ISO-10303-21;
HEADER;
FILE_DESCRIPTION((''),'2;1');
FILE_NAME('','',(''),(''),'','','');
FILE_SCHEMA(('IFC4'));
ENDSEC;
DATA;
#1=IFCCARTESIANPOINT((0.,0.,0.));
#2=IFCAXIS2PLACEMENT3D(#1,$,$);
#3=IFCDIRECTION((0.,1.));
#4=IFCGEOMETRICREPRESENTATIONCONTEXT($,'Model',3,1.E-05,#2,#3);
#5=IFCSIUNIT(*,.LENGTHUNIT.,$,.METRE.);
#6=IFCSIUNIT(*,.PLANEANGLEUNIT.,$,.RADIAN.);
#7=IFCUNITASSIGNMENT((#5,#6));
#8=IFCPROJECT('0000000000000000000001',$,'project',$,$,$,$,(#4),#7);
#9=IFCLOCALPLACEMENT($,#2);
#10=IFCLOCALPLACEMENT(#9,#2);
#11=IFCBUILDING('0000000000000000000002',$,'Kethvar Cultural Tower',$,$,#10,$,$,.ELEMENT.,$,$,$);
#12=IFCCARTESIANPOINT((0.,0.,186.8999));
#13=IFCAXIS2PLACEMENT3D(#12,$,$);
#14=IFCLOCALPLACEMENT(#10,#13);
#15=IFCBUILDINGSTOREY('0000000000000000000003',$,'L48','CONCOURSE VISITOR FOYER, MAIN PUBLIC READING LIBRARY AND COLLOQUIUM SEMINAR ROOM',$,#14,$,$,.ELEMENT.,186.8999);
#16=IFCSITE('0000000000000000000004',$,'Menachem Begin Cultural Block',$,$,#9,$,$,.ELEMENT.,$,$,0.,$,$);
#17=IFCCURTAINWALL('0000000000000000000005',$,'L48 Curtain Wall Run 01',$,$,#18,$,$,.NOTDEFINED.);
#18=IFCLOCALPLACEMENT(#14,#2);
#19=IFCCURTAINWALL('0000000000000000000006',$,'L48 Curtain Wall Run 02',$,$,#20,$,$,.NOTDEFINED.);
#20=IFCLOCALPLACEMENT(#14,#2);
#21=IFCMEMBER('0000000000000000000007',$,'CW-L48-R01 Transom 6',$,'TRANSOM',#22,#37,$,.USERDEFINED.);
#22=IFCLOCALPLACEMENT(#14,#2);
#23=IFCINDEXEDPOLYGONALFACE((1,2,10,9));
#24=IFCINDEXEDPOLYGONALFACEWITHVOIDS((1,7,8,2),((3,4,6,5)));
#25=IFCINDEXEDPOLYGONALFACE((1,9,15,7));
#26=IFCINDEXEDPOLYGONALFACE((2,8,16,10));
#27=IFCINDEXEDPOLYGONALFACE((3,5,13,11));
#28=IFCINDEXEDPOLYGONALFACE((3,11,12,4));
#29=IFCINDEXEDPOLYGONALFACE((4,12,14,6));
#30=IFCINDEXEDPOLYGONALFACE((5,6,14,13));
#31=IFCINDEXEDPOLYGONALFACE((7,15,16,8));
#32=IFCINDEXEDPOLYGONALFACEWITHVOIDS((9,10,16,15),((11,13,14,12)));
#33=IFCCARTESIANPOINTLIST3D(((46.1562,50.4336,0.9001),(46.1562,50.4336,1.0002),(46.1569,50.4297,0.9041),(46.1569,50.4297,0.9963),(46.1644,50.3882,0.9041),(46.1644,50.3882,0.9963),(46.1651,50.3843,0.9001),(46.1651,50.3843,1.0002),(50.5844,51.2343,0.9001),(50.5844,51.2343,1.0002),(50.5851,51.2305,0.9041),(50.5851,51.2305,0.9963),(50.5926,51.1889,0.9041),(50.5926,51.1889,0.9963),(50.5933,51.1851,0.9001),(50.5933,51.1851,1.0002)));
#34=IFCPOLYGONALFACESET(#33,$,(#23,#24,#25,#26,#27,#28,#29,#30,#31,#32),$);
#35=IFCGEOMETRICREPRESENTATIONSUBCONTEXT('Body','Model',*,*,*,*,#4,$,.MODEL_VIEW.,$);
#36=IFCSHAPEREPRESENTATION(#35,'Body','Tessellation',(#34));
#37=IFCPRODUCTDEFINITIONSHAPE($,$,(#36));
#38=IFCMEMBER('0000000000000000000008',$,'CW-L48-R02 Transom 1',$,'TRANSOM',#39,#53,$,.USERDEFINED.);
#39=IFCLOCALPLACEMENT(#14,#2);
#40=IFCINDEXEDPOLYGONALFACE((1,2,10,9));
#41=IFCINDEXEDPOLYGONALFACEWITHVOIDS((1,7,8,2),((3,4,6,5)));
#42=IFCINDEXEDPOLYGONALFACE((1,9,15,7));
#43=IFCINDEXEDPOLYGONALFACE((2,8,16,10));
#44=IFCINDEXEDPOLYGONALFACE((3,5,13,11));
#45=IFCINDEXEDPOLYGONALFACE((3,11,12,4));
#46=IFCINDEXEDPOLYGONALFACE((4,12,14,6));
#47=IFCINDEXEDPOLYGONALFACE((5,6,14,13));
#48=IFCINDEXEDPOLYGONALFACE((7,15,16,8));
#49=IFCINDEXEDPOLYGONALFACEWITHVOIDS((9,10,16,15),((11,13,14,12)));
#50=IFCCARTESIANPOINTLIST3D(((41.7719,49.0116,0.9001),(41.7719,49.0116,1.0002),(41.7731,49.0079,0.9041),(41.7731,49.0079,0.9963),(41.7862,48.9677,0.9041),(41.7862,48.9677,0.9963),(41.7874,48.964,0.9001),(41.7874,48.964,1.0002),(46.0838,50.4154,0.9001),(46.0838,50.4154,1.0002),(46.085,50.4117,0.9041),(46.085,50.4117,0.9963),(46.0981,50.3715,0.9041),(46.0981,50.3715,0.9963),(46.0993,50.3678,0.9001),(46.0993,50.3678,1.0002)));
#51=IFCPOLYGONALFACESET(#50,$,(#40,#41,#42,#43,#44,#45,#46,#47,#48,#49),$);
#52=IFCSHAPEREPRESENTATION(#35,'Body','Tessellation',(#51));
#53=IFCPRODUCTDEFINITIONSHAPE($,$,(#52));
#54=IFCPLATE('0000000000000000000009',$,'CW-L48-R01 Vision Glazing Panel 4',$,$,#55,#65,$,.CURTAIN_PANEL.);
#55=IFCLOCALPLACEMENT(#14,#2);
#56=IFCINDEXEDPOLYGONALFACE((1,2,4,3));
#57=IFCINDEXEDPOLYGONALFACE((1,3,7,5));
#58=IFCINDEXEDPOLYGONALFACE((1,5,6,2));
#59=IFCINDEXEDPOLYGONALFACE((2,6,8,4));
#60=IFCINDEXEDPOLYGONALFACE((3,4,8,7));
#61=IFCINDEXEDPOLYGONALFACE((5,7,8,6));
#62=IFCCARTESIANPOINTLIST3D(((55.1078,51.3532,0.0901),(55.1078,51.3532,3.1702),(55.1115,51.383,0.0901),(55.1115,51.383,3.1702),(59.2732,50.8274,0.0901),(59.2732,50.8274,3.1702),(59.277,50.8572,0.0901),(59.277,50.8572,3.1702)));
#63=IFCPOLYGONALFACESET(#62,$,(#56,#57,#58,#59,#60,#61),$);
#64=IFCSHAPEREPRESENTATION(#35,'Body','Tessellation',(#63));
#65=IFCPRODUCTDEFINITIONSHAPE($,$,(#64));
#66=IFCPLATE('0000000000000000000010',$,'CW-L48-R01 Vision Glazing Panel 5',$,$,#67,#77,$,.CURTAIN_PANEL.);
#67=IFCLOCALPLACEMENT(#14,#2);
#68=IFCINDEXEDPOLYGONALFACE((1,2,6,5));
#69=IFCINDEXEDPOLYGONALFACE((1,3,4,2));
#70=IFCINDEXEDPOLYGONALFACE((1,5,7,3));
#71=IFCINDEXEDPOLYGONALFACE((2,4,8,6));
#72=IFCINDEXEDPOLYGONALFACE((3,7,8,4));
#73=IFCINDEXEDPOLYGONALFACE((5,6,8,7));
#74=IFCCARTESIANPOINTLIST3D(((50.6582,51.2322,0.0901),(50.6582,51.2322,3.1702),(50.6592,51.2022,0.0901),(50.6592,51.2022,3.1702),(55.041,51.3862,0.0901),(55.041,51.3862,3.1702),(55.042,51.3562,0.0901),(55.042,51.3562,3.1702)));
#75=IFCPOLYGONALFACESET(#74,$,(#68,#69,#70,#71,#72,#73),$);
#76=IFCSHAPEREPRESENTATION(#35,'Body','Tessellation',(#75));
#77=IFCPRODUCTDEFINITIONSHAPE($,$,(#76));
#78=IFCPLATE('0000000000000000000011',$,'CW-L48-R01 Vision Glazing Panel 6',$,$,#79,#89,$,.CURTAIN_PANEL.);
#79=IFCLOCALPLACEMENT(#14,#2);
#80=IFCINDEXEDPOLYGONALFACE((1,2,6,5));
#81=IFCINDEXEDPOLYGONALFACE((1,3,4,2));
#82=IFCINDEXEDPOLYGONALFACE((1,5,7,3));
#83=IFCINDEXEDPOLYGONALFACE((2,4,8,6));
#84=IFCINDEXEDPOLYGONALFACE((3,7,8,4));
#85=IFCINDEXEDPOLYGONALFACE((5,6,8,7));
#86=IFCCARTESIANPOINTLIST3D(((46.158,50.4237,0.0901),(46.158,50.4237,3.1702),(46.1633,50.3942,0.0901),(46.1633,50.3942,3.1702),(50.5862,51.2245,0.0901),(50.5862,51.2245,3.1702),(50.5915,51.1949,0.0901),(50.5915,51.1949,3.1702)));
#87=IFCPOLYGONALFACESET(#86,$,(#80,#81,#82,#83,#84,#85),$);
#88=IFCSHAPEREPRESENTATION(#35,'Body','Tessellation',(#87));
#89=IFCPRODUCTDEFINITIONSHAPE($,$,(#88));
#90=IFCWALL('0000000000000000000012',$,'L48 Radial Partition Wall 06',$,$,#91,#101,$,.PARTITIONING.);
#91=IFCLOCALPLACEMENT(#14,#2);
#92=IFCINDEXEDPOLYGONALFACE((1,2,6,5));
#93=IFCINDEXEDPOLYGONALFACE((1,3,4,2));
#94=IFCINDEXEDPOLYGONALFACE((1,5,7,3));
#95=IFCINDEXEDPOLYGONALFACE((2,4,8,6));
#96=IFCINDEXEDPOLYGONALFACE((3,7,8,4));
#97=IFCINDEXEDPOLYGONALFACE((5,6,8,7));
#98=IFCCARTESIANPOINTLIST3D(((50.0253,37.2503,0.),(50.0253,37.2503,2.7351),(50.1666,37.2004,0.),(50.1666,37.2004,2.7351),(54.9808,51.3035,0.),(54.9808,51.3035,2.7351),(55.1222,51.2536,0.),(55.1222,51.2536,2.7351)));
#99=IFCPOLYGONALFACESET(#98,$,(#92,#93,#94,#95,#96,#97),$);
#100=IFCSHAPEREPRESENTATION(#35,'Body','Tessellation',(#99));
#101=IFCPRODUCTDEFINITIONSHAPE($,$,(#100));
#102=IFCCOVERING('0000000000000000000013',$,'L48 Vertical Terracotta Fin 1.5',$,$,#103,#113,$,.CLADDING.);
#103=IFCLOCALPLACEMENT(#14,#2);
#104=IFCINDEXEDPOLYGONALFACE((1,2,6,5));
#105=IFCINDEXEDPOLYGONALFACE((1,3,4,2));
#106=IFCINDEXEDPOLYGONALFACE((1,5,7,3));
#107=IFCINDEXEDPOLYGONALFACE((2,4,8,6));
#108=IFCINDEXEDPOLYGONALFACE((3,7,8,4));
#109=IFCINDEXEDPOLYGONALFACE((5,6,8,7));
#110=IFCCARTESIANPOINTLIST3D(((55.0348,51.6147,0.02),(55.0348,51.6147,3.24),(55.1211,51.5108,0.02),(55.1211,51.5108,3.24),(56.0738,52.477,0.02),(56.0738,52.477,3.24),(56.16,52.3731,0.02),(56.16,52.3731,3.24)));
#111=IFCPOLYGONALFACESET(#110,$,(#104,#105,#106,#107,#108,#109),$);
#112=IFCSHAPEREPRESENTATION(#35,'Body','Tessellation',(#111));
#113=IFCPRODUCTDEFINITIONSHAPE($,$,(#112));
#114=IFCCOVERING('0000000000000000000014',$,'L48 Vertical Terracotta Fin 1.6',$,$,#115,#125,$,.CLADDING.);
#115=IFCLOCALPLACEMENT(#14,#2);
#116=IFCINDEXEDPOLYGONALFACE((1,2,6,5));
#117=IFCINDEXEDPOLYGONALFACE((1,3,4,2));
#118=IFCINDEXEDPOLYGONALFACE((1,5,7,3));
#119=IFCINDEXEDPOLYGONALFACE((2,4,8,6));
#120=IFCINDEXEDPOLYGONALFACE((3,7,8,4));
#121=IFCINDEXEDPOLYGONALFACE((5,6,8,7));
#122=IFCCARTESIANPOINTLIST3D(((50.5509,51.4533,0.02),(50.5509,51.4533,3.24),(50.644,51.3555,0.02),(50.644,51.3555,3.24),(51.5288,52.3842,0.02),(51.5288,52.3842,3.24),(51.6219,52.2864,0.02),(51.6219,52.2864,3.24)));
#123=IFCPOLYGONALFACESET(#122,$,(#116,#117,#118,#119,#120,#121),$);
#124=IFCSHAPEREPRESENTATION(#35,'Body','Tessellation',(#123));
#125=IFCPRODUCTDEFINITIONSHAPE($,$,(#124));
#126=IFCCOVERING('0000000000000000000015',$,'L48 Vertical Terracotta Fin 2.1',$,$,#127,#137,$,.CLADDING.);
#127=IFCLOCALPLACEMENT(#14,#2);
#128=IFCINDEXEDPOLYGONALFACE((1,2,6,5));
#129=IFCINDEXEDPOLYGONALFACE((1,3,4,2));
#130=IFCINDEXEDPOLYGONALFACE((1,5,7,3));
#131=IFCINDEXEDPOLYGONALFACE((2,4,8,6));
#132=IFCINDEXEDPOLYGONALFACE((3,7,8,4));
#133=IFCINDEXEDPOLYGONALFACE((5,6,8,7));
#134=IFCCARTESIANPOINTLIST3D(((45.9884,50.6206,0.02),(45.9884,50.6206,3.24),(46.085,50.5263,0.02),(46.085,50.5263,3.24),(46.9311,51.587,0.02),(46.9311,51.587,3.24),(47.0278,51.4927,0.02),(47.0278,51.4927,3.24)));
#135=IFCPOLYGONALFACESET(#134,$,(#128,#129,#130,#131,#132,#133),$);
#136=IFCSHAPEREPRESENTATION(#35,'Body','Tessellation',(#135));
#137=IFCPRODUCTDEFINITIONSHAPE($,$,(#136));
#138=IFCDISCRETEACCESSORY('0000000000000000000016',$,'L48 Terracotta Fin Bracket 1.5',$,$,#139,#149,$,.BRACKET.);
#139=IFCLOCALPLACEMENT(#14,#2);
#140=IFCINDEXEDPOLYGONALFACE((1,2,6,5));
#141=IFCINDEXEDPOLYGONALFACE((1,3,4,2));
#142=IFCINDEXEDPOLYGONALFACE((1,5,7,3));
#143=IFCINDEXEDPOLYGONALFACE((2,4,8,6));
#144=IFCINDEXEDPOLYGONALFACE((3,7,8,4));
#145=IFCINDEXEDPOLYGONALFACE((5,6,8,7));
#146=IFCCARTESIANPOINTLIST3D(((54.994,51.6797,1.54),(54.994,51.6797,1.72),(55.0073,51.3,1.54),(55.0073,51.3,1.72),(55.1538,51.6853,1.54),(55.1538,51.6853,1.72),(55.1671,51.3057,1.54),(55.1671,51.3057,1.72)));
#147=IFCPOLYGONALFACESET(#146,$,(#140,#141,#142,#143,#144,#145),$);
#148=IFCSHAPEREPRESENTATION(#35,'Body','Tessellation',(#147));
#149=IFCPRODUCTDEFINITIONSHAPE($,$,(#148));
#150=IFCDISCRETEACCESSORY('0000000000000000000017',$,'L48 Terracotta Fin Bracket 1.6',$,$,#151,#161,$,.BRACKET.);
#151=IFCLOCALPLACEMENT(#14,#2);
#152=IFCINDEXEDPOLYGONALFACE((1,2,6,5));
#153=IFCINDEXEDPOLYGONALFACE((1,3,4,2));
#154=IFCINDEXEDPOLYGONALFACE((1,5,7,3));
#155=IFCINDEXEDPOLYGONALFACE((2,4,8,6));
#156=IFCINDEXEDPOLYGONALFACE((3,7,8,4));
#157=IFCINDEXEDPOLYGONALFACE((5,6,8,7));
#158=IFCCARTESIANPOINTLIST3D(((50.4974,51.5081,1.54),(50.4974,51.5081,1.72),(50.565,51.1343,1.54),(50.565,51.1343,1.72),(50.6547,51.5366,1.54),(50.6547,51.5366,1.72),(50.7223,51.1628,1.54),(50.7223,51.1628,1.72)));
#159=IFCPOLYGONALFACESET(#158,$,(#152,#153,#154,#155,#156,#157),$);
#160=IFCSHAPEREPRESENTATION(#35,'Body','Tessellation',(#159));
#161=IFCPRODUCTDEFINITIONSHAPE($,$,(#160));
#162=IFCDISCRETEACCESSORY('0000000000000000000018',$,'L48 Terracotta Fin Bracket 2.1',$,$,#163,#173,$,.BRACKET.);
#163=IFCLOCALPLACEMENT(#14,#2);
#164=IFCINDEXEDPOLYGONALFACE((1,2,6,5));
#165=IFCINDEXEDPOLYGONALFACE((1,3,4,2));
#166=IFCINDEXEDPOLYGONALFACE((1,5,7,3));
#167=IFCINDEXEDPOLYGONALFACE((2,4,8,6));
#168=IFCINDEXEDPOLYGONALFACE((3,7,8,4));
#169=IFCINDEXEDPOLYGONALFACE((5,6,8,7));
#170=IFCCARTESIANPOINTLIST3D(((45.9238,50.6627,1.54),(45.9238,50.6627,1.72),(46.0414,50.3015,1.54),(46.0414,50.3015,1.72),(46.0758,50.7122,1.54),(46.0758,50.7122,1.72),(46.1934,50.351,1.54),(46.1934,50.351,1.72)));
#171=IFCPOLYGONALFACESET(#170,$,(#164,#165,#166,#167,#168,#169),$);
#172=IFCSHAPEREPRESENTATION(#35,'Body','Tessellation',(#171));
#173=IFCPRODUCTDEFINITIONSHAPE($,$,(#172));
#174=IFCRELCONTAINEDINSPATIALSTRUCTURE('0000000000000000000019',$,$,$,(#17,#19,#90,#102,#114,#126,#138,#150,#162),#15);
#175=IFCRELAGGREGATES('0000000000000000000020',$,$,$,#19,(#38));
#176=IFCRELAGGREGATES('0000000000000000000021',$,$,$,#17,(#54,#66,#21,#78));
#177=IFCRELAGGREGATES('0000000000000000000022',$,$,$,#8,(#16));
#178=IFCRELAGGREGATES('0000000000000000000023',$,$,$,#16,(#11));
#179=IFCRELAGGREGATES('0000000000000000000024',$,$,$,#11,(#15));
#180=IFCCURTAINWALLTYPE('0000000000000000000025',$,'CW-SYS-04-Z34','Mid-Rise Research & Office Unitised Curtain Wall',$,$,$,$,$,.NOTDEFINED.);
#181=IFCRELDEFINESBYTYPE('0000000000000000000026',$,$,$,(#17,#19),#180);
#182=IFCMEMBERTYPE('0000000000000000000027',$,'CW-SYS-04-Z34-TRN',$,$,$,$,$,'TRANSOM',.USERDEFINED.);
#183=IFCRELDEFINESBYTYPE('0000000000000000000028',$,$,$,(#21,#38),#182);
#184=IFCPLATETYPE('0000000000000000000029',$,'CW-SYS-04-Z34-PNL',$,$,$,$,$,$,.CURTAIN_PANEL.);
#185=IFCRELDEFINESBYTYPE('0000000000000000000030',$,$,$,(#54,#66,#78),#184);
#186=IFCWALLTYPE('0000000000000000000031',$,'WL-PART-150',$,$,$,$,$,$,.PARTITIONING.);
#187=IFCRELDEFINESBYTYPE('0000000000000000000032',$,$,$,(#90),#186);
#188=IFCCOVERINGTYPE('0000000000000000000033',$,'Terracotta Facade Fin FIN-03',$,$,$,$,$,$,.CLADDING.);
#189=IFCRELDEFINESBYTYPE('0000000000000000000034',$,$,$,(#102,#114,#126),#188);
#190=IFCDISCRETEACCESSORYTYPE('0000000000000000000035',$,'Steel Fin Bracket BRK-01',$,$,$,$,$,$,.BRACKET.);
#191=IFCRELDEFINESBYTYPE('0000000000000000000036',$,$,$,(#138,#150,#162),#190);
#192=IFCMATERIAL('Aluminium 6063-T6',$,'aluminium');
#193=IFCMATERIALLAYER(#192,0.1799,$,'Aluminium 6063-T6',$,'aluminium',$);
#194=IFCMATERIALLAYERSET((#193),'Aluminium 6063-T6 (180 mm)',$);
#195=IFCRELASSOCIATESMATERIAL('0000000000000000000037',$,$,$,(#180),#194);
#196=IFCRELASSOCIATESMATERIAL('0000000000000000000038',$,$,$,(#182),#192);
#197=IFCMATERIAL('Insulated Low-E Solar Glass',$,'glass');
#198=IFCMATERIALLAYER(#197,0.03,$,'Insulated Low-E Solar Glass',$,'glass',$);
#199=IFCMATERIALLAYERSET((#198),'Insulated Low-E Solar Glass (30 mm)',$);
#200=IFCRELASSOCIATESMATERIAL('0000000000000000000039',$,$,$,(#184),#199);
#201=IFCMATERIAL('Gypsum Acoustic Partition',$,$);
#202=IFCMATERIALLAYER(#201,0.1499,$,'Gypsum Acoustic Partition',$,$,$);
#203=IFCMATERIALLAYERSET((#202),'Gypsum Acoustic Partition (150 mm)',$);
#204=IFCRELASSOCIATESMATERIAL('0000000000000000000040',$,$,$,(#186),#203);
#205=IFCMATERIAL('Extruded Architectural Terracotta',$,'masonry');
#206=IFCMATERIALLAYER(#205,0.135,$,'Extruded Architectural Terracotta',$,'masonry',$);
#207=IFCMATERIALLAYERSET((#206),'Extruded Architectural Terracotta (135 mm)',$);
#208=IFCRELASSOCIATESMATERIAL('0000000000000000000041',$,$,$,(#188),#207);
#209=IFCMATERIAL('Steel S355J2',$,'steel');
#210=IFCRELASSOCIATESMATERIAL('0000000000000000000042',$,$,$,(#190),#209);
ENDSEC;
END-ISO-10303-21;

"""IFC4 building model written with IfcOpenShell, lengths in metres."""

from ifc_helpers import new_model, si_unit, direction, frame, frame_2d, origin, origin_2d, place, context, subcontext, project, spatial, rectangle, hollow_rectangle, extrude, source, transform, mapped, material, layer, layer_set, material_profile, profile_set, type_object, element, aggregate, save


model = new_model("IFC4")

# Units and contexts
model_context = context("Model", 3, precision=1e-05, world=origin(), true_north=direction((0.0, 1.0)))
body_context = subcontext(model_context, "Body", "Model", "MODEL_VIEW")
ifc_project = project(units=[si_unit("LENGTHUNIT", "METRE"), si_unit("PLANEANGLEUNIT", "RADIAN")], contexts=[model_context])

# Site, building, storey
site_placement = place(None, origin())
site = spatial("IfcSite", under=ifc_project, at=site_placement, Name="Menachem Begin Cultural Block", CompositionType="ELEMENT", RefElevation=0.0)
building_placement = place(site_placement, origin())
building = spatial("IfcBuilding", under=site, at=building_placement, Name="Kethvar Cultural Tower", CompositionType="ELEMENT")
storey_placement = place(building_placement, frame((0.0, 0.0, 186.8999)))
storey = spatial("IfcBuildingStorey", under=building, at=storey_placement, Name="L48", Description="CONCOURSE VISITOR FOYER, MAIN PUBLIC READING LIBRARY AND COLLOQUIUM SEMINAR ROOM", CompositionType="ELEMENT", Elevation=186.8999)

# Shared definitions
ifc_material_1 = material(Name="Steel S355J2", Category="steel")

# Curtain wall
ifc_material_2 = material(Name="Aluminium 6063-T6", Category="aluminium")
ifc_layer_1 = layer(ifc_material_2, 0.1799, Name="Aluminium 6063-T6", Category="aluminium")
ifc_layer_set_1 = layer_set([ifc_layer_1], Name="Aluminium 6063-T6 (180 mm)")
curtain_wall_type = type_object("IfcCurtainWallType", Name="CW-SYS-04-Z34", Description="Mid-Rise Research & Office Unitised Curtain Wall", PredefinedType="NOTDEFINED", material=ifc_layer_set_1)
curtain_wall_1_placement = place(storey_placement, origin())
curtain_wall_1 = element("IfcCurtainWall", 1, at=curtain_wall_1_placement, inside=storey, type_object=curtain_wall_type, Name="L48 Curtain Wall Run 01", PredefinedType="NOTDEFINED")

# Curtain wall
curtain_wall_2_placement = place(storey_placement, origin())
curtain_wall_2 = element("IfcCurtainWall", 2, at=curtain_wall_2_placement, inside=storey, type_object=curtain_wall_type, Name="L48 Curtain Wall Run 02", PredefinedType="NOTDEFINED")

# Members
ifc_material_profile_1 = material_profile(ifc_material_2, hollow_rectangle(XDim=0.05, YDim=0.1001, WallThickness=0.0039, at=origin_2d()), Name="Aluminium 6063-T6 — RHS100x50x4")
ifc_profile_set_1 = profile_set([ifc_material_profile_1], Name="Aluminium 6063-T6 — RHS100x50x4")
member_type_1 = type_object("IfcMemberType", Name="CW-SYS-04-Z34-TRN", ElementType="TRANSOM", PredefinedType="USERDEFINED", material=ifc_profile_set_1)
shared_shape_1 = source(origin(), body_context, "Body", "SweptSolid", [
    extrude(hollow_rectangle(XDim=0.05, YDim=0.1001, WallThickness=0.0039, at=origin_2d()), origin(), (0.0, 0.0, 1.0), 4.5),
])
member_1_placement = place(storey_placement, frame((50.5889, 51.2097, 0.9502), z_axis=(-0.98404, -0.17795, 0.0), x_axis=(0.17795, -0.98404, 0.0)))
member_1 = element("IfcMember", 3, at=member_1_placement, type_object=member_type_1, Name="CW-L48-R01 Transom 6", ObjectType="TRANSOM", PredefinedType="USERDEFINED", context=body_context, shape_type="MappedRepresentation", body=[
    mapped(shared_shape_1, transform((0.0, 0.0, 0.0), scale=1.0)),
])
shared_shape_2 = source(origin(), body_context, "Body", "SweptSolid", [
    extrude(hollow_rectangle(XDim=0.05, YDim=0.1001, WallThickness=0.0039, at=origin_2d()), origin(), (0.0, 0.0, 1.0), 4.5347),
])
member_2_placement = place(storey_placement, frame((46.0916, 50.3916, 0.9502), z_axis=(-0.950878, -0.309566, 0.0), x_axis=(0.309566, -0.950878, 0.0)))
member_2 = element("IfcMember", 4, at=member_2_placement, type_object=member_type_1, Name="CW-L48-R02 Transom 1", ObjectType="TRANSOM", PredefinedType="USERDEFINED", context=body_context, shape_type="MappedRepresentation", body=[
    mapped(shared_shape_2, transform((0.0, 0.0, 0.0), scale=1.0)),
])
aggregate(curtain_wall_2, [member_2])

# Plates
ifc_material_3 = material(Name="Insulated Low-E Solar Glass", Category="glass")
ifc_layer_2 = layer(ifc_material_3, 0.03, Name="Insulated Low-E Solar Glass", Category="glass")
ifc_layer_set_2 = layer_set([ifc_layer_2], Name="Insulated Low-E Solar Glass (30 mm)")
plate_type = type_object("IfcPlateType", Name="CW-SYS-04-Z34-PNL", PredefinedType="CURTAIN_PANEL", material=ifc_layer_set_2)
shared_shape_3 = source(origin(), body_context, "Body", "SweptSolid", [
    extrude(rectangle(XDim=4.1985, YDim=0.03, at=origin_2d()), origin(), (0.0, 0.0, 1.0), 3.0801),
])
plate_1_placement = place(storey_placement, frame((57.1924, 51.1052, 0.0901), z_axis=(0.0, 0.0, 1.0), x_axis=(-0.992128, 0.125229, 0.0)))
plate_1 = element("IfcPlate", 5, at=plate_1_placement, type_object=plate_type, Name="CW-L48-R01 Vision Glazing Panel 4", PredefinedType="CURTAIN_PANEL", context=body_context, shape_type="MappedRepresentation", body=[
    mapped(shared_shape_3, transform((0.0, 0.0, 0.0), scale=1.0)),
])
shared_shape_4 = source(origin(), body_context, "Body", "SweptSolid", [
    extrude(rectangle(XDim=4.3855, YDim=0.03, at=origin_2d()), origin(), (0.0, 0.0, 1.0), 3.0801),
])
plate_2_placement = place(storey_placement, frame((52.8501, 51.2942, 0.0901), z_axis=(0.0, 0.0, 1.0), x_axis=(-0.999383, -0.035126, 0.0)))
plate_2 = element("IfcPlate", 6, at=plate_2_placement, type_object=plate_type, Name="CW-L48-R01 Vision Glazing Panel 5", PredefinedType="CURTAIN_PANEL", context=body_context, shape_type="MappedRepresentation", body=[
    mapped(shared_shape_4, transform((0.0, 0.0, 0.0), scale=1.0)),
])
shared_shape_5 = source(origin(), body_context, "Body", "SweptSolid", [
    extrude(rectangle(XDim=4.5, YDim=0.03, at=origin_2d()), origin(), (0.0, 0.0, 1.0), 3.0801),
])
plate_3_placement = place(storey_placement, frame((48.3748, 50.8093, 0.0901), z_axis=(0.0, 0.0, 1.0), x_axis=(-0.984041, -0.177944, 0.0)))
plate_3 = element("IfcPlate", 7, at=plate_3_placement, type_object=plate_type, Name="CW-L48-R01 Vision Glazing Panel 6", PredefinedType="CURTAIN_PANEL", context=body_context, shape_type="MappedRepresentation", body=[
    mapped(shared_shape_5, transform((0.0, 0.0, 0.0), scale=1.0)),
])
aggregate(curtain_wall_1, [plate_1, plate_2, member_1, plate_3])

# Wall
ifc_material_4 = material(Name="Gypsum Acoustic Partition")
ifc_layer_3 = layer(ifc_material_4, 0.1499, Name="Gypsum Acoustic Partition")
ifc_layer_set_3 = layer_set([ifc_layer_3], Name="Gypsum Acoustic Partition (150 mm)")
wall_type_1 = type_object("IfcWallType", Name="WL-PART-150", PredefinedType="PARTITIONING", material=ifc_layer_set_3)
wall_1_placement = place(storey_placement, frame((50.0959, 37.2253, 0.0), z_axis=(0.0, 0.0, 1.0), x_axis=(0.332558, 0.943083, 0.0)))
element("IfcWall", 8, at=wall_1_placement, inside=storey, type_object=wall_type_1, Name="L48 Radial Partition Wall 06", PredefinedType="PARTITIONING", context=body_context, shape_type="SweptSolid", body=[
    extrude(rectangle(XDim=14.9014, YDim=0.1499, at=frame_2d((7.4507, 0.0))), origin(), (0.0, 0.0, 1.0), 2.7351),
])

# Coverings
ifc_material_5 = material(Name="Extruded Architectural Terracotta", Category="masonry")
ifc_layer_4 = layer(ifc_material_5, 0.135, Name="Extruded Architectural Terracotta", Category="masonry")
ifc_layer_set_4 = layer_set([ifc_layer_4], Name="Extruded Architectural Terracotta (135 mm)")
covering_type = type_object("IfcCoveringType", Name="Terracotta Facade Fin FIN-03", PredefinedType="CLADDING", material=ifc_layer_set_4)
shared_shape_6 = source(origin(), body_context, "Body", "SweptSolid", [
    extrude(rectangle(XDim=1.3501, YDim=0.135, at=origin_2d()), origin(), (0.0, 0.0, 1.0), 3.22),
])
for number, where, z_axis, x_axis, name in (
    (9, (55.5974, 51.9939, 0.02), (0.0, 0.0, 1.0), (0.769511, 0.638634, 0.0), "L48 Vertical Terracotta Fin 1.5"),
    (10, (51.0864, 51.8699, 0.02), (0.0, 0.0, 1.0), (0.724292, 0.689493, 0.0), "L48 Vertical Terracotta Fin 1.6"),
    (11, (46.5081, 51.0566, 0.02), (0.0, 0.0, 1.0), (0.69829, 0.715815, 0.0), "L48 Vertical Terracotta Fin 2.1"),
):
    element("IfcCovering", number, at=place(storey_placement, frame(where, z_axis=z_axis, x_axis=x_axis)), inside=storey, type_object=covering_type, Name=name, PredefinedType="CLADDING", context=body_context, shape_type="MappedRepresentation", body=[
        mapped(shared_shape_6, transform((0.0, 0.0, 0.0), scale=1.0)),
    ])

# Discrete accessories
discrete_accessory_type = type_object("IfcDiscreteAccessoryType", Name="Steel Fin Bracket BRK-01", PredefinedType="BRACKET", material=ifc_material_1)
shared_shape_7 = source(origin(), body_context, "Body", "SweptSolid", [
    extrude(rectangle(XDim=0.3799, YDim=0.1599, at=origin_2d()), origin(), (0.0, 0.0, 1.0), 0.1799),
])
for number, where, z_axis, x_axis, name in (
    (12, (55.0806, 51.4927, 1.54), (0.0, 0.0, 1.0), (-0.035074, 0.999385, 0.0), "L48 Terracotta Fin Bracket 1.5"),
    (13, (50.6099, 51.3354, 1.54), (0.0, 0.0, 1.0), (-0.177944, 0.984041, 0.0), "L48 Terracotta Fin Bracket 1.6"),
    (14, (46.0586, 50.5068, 1.54), (0.0, 0.0, 1.0), (-0.309515, 0.950895, 0.0), "L48 Terracotta Fin Bracket 2.1"),
):
    element("IfcDiscreteAccessory", number, at=place(storey_placement, frame(where, z_axis=z_axis, x_axis=x_axis)), inside=storey, type_object=discrete_accessory_type, Name=name, PredefinedType="BRACKET", context=body_context, shape_type="MappedRepresentation", body=[
        mapped(shared_shape_7, transform((0.0, 0.0, 0.0), scale=1.0)),
    ])

save(model, "model.ifc")
